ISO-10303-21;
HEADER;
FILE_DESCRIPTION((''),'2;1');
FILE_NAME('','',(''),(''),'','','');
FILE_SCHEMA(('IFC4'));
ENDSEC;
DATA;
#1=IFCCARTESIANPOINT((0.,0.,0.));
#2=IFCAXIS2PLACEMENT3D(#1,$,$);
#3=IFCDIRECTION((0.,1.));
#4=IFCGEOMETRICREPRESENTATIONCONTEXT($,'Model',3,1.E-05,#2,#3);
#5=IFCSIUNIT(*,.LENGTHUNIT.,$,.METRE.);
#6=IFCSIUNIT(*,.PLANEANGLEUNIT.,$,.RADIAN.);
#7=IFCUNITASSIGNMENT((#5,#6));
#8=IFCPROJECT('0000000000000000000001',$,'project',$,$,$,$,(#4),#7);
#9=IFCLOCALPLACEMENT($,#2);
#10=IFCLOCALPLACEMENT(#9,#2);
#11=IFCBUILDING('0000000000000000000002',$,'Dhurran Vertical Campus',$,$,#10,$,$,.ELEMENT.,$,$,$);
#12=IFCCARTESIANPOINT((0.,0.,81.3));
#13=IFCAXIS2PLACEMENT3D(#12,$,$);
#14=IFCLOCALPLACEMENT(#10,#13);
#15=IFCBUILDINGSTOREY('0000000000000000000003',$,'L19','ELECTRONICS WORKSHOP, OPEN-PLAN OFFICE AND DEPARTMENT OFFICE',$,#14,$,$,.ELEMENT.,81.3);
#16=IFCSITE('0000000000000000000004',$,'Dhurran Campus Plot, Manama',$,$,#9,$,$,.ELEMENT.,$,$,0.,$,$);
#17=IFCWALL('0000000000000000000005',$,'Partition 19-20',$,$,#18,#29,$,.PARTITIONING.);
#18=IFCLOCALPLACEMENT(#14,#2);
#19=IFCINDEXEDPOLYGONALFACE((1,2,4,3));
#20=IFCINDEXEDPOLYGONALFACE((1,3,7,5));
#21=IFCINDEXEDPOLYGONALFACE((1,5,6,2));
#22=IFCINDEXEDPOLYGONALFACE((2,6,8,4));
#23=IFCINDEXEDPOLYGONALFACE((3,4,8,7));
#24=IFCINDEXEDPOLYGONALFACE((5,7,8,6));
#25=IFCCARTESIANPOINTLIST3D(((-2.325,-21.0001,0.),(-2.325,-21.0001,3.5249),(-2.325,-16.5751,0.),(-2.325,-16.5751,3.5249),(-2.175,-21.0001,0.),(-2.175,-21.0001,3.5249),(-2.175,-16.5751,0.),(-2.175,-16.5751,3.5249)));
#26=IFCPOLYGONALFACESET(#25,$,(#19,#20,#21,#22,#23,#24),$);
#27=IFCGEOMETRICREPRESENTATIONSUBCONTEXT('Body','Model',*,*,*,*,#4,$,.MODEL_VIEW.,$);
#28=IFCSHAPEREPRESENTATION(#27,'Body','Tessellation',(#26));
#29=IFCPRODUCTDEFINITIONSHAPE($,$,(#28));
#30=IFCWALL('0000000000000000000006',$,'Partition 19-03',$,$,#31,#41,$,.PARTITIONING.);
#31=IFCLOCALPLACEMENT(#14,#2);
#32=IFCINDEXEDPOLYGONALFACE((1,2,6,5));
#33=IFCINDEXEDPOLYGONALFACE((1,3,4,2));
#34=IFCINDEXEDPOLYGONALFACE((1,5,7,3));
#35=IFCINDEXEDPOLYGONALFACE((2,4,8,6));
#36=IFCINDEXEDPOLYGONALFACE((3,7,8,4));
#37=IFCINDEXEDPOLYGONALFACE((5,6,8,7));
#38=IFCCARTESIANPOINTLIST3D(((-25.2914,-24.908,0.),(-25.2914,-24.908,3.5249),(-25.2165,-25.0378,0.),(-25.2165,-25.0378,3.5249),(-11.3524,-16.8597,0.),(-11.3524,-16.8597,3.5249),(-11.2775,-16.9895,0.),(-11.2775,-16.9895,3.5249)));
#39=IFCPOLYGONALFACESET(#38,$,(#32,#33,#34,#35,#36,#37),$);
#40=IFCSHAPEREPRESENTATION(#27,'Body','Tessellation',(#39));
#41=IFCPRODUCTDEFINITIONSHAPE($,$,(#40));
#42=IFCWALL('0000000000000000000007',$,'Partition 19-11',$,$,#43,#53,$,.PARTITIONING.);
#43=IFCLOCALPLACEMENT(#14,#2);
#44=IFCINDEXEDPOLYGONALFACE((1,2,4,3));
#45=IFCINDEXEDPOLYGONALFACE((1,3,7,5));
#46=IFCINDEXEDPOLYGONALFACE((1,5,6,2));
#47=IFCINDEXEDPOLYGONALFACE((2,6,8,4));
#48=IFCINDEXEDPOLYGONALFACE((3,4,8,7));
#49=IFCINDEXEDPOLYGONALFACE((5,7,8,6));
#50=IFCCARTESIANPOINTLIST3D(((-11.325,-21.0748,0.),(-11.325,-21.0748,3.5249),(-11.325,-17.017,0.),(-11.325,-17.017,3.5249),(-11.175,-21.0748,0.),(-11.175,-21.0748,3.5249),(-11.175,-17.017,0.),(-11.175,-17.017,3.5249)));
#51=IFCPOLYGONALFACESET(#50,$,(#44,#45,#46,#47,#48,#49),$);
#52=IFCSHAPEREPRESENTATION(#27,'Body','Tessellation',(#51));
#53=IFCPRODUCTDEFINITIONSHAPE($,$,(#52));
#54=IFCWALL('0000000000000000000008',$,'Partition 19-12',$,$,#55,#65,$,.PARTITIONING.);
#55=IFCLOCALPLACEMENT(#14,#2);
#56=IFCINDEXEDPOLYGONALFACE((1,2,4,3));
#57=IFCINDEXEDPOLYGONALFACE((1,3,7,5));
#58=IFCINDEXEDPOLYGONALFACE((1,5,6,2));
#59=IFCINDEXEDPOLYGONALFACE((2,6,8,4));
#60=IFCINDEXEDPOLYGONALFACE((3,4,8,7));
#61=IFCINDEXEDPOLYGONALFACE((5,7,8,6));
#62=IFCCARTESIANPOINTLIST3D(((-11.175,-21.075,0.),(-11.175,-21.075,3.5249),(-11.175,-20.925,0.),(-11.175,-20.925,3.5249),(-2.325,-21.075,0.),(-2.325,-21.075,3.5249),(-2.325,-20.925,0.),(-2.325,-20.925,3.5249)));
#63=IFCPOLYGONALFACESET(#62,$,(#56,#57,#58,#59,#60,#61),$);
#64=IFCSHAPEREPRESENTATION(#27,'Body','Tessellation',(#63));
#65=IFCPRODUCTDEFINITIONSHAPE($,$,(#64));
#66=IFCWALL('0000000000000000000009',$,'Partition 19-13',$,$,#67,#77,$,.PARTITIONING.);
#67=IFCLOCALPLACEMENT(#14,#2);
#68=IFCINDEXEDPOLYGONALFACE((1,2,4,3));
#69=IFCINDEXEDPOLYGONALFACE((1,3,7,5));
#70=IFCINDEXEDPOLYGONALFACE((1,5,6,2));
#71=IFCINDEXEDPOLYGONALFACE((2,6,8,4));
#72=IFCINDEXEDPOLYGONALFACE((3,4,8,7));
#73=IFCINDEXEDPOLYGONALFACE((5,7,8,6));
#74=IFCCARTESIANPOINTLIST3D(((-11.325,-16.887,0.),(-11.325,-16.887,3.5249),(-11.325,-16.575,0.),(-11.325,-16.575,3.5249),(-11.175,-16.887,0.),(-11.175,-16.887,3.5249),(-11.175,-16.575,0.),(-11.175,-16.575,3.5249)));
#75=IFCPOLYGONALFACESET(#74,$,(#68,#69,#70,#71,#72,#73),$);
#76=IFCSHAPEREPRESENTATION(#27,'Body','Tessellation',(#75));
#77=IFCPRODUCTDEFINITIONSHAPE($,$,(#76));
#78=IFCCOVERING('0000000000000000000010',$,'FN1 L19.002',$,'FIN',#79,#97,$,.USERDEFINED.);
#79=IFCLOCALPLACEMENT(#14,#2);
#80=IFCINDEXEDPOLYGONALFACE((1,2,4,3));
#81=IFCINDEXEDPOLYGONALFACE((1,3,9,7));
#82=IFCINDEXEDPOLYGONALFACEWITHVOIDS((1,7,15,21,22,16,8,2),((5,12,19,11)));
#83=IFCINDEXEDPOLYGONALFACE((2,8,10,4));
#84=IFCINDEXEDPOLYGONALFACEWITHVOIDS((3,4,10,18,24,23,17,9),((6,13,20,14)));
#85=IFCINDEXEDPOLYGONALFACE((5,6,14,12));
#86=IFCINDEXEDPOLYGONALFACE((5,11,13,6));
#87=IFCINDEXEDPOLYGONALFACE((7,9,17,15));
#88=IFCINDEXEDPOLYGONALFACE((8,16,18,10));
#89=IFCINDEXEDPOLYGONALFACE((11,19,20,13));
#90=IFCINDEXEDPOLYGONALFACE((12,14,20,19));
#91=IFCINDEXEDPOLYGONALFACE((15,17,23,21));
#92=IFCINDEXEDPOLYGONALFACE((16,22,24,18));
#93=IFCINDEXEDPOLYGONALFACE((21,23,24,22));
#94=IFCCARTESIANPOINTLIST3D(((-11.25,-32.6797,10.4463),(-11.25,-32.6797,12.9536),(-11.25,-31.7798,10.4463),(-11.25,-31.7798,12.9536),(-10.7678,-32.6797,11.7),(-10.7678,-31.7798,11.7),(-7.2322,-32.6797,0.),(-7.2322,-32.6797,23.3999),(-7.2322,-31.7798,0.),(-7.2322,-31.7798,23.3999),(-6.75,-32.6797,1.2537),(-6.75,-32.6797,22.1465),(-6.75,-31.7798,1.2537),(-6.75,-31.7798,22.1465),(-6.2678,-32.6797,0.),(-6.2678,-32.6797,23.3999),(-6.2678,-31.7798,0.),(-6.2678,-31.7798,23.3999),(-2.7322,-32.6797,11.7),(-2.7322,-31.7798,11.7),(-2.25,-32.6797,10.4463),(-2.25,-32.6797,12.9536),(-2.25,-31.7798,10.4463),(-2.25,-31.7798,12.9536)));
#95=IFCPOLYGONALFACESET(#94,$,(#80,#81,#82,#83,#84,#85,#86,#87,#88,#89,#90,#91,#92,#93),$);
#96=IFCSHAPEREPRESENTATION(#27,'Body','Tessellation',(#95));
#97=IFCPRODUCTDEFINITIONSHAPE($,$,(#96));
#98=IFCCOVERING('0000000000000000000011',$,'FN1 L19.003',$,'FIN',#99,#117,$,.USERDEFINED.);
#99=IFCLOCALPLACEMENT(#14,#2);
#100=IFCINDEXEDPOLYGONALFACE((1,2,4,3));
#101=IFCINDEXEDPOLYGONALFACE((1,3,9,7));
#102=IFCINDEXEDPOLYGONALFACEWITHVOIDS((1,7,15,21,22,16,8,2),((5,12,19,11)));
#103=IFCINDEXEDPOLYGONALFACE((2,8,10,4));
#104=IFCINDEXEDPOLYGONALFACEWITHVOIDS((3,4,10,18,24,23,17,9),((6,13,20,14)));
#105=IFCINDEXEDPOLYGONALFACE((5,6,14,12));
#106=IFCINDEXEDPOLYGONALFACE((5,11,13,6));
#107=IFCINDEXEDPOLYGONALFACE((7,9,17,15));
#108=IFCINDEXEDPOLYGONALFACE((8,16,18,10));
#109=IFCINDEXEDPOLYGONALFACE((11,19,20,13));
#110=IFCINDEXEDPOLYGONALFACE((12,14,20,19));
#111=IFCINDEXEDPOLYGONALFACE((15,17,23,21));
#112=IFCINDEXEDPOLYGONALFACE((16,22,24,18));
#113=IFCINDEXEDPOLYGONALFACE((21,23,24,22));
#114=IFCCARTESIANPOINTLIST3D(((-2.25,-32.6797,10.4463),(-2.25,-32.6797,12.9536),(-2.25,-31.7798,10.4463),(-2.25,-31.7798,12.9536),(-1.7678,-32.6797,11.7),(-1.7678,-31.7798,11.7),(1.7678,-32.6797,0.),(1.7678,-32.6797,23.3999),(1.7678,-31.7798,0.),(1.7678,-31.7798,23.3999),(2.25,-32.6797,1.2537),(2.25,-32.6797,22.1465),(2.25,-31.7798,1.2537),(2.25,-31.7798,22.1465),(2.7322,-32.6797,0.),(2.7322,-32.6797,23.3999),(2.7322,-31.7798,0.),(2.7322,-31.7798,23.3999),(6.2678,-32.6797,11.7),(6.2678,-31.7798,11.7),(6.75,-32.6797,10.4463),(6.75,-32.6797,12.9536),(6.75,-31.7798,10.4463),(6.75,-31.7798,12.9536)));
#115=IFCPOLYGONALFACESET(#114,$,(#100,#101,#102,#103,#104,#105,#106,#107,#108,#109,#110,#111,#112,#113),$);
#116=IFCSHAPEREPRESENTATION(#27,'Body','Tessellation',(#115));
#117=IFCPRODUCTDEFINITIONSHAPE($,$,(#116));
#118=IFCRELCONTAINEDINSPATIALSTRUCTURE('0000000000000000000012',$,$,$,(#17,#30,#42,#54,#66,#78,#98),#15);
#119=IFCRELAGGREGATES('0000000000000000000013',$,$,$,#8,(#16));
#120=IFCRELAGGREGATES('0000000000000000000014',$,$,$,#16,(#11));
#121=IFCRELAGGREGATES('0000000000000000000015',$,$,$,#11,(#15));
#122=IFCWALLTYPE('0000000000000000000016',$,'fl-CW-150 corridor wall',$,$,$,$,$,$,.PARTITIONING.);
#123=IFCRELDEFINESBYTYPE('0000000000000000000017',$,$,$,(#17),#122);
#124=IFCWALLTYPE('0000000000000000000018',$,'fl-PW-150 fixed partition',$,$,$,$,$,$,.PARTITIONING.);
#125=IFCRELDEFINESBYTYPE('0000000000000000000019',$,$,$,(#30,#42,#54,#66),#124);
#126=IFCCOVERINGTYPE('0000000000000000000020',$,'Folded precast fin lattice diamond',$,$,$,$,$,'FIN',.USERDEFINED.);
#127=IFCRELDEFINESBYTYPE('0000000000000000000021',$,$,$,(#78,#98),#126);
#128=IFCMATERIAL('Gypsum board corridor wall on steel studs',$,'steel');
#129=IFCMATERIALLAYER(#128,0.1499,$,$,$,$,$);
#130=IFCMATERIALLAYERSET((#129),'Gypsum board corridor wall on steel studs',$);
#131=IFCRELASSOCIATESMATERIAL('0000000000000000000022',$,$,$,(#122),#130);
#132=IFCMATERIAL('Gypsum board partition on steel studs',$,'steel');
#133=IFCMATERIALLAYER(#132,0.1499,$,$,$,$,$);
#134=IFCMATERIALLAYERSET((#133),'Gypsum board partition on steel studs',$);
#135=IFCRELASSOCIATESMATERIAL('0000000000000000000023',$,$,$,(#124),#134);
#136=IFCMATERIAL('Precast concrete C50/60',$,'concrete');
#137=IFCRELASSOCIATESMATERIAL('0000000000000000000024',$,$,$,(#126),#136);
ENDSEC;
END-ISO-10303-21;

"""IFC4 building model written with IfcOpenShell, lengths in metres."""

from ifc_helpers import new_model, si_unit, direction, frame, frame_2d, origin, place, context, subcontext, project, spatial, polyline, rectangle, outline, extrude, material, layer, layer_set, type_object, element, save


model = new_model("IFC4")

# Units and contexts
model_context = context("Model", 3, precision=1e-05, world=origin(), true_north=direction((0.0, 1.0)))
body_context = subcontext(model_context, "Body", "Model", "MODEL_VIEW")
ifc_project = project(units=[si_unit("LENGTHUNIT", "METRE"), si_unit("PLANEANGLEUNIT", "RADIAN")], contexts=[model_context])

# Site, building, storey
site_placement = place(None, origin())
site = spatial("IfcSite", under=ifc_project, at=site_placement, Name="Dhurran Campus Plot, Manama", CompositionType="ELEMENT", RefElevation=0.0)
building_placement = place(site_placement, origin())
building = spatial("IfcBuilding", under=site, at=building_placement, Name="Dhurran Vertical Campus", CompositionType="ELEMENT")
storey_placement = place(building_placement, frame((0.0, 0.0, 81.3)))
storey = spatial("IfcBuildingStorey", under=building, at=storey_placement, Name="L19", Description="ELECTRONICS WORKSHOP, OPEN-PLAN OFFICE AND DEPARTMENT OFFICE", CompositionType="ELEMENT", Elevation=81.3)

# Shared definitions
ifc_material_1 = material(Name="Gypsum board corridor wall on steel studs", Category="steel")
ifc_layer_1 = layer(ifc_material_1, 0.1499)
ifc_layer_set_1 = layer_set([ifc_layer_1], Name="Gypsum board corridor wall on steel studs")
wall_type_1 = type_object("IfcWallType", Name="fl-CW-150 corridor wall", PredefinedType="PARTITIONING", material=ifc_layer_set_1)

# Walls
wall_1_placement = place(storey_placement, frame((-2.25, -21.0, 0.0), z_axis=(0.0, 0.0, 1.0), x_axis=(0.0, 1.0, 0.0)))
element("IfcWall", 1, at=wall_1_placement, inside=storey, type_object=wall_type_1, Name="Partition 19-20", PredefinedType="PARTITIONING", context=body_context, shape_type="SweptSolid", body=[
    extrude(rectangle(XDim=4.425, YDim=0.1499, at=frame_2d((2.2124, 0.0))), origin(), (0.0, 0.0, 1.0), 3.5249),
])
ifc_material_2 = material(Name="Gypsum board partition on steel studs", Category="steel")
ifc_layer_2 = layer(ifc_material_2, 0.1499)
ifc_layer_set_2 = layer_set([ifc_layer_2], Name="Gypsum board partition on steel studs")
wall_type_2 = type_object("IfcWallType", Name="fl-PW-150 fixed partition", PredefinedType="PARTITIONING", material=ifc_layer_set_2)
wall_2_placement = place(storey_placement, frame((-11.3149, -16.9246, 0.0), z_axis=(0.0, 0.0, 1.0), x_axis=(-0.866007, -0.500031, 0.0)))
element("IfcWall", 2, at=wall_2_placement, inside=storey, type_object=wall_type_2, Name="Partition 19-03", PredefinedType="PARTITIONING", context=body_context, shape_type="SweptSolid", body=[
    extrude(rectangle(XDim=16.0957, YDim=0.1499, at=frame_2d((8.0479, 0.0))), origin(), (0.0, 0.0, 1.0), 3.5249),
])
wall_3_placement = place(storey_placement, frame((-11.25, -17.0171, 0.0), z_axis=(0.0, 0.0, 1.0), x_axis=(0.0, -1.0, 0.0)))
element("IfcWall", 3, at=wall_3_placement, inside=storey, type_object=wall_type_2, Name="Partition 19-11", PredefinedType="PARTITIONING", context=body_context, shape_type="SweptSolid", body=[
    extrude(rectangle(XDim=4.0579, YDim=0.1499, at=frame_2d((2.0288, 0.0))), origin(), (0.0, 0.0, 1.0), 3.5249),
])
wall_4_placement = place(storey_placement, frame((-11.175, -21.0, 0.0), z_axis=(0.0, 0.0, 1.0), x_axis=(1.0, 0.0, 0.0)))
element("IfcWall", 4, at=wall_4_placement, inside=storey, type_object=wall_type_2, Name="Partition 19-12", PredefinedType="PARTITIONING", context=body_context, shape_type="SweptSolid", body=[
    extrude(rectangle(XDim=8.8501, YDim=0.1499, at=frame_2d((4.425, 0.0))), origin(), (0.0, 0.0, 1.0), 3.5249),
])
wall_5_placement = place(storey_placement, frame((-11.25, -16.575, 0.0), z_axis=(0.0, 0.0, 1.0), x_axis=(0.0, -1.0, 0.0)))
element("IfcWall", 5, at=wall_5_placement, inside=storey, type_object=wall_type_2, Name="Partition 19-13", PredefinedType="PARTITIONING", context=body_context, shape_type="SweptSolid", body=[
    extrude(rectangle(XDim=0.312, YDim=0.1499, at=frame_2d((0.156, 0.0))), origin(), (0.0, 0.0, 1.0), 3.5249),
])

# Coverings
ifc_material_3 = material(Name="Precast concrete C50/60", Category="concrete")
covering_type = type_object("IfcCoveringType", Name="Folded precast fin lattice diamond", ElementType="FIN", PredefinedType="USERDEFINED", material=ifc_material_3)
for number, where, z_axis, x_axis, name in (
    (6, (-11.25, -31.7798, 0.0), (0.0, -1.0, 0.0), (1.0, 0.0, 0.0), "FN1 L19.002"),
    (7, (-2.25, -31.7798, 0.0), (0.0, -1.0, 0.0), (1.0, 0.0, 0.0), "FN1 L19.003"),
):
    element("IfcCovering", number, at=place(storey_placement, frame(where, z_axis=z_axis, x_axis=x_axis)), inside=storey, type_object=covering_type, Name=name, ObjectType="FIN", PredefinedType="USERDEFINED", context=body_context, shape_type="SweptSolid", body=[
        extrude(outline(polyline([(9.0, 12.9536), (9.0, 10.4463), (4.9822, 0.0), (4.0178, 0.0), (0.0, 10.4463), (0.0, 12.9536), (4.0178, 23.3999), (4.9822, 23.3999), (9.0, 12.9536)]), holes=[polyline([(8.5178, 11.7), (4.5, 22.1465), (0.4822, 11.7), (4.5, 1.2537), (8.5178, 11.7)])]), origin(), (0.0, 0.0, 1.0), 0.8999),
    ])

save(model, "model.ifc")
